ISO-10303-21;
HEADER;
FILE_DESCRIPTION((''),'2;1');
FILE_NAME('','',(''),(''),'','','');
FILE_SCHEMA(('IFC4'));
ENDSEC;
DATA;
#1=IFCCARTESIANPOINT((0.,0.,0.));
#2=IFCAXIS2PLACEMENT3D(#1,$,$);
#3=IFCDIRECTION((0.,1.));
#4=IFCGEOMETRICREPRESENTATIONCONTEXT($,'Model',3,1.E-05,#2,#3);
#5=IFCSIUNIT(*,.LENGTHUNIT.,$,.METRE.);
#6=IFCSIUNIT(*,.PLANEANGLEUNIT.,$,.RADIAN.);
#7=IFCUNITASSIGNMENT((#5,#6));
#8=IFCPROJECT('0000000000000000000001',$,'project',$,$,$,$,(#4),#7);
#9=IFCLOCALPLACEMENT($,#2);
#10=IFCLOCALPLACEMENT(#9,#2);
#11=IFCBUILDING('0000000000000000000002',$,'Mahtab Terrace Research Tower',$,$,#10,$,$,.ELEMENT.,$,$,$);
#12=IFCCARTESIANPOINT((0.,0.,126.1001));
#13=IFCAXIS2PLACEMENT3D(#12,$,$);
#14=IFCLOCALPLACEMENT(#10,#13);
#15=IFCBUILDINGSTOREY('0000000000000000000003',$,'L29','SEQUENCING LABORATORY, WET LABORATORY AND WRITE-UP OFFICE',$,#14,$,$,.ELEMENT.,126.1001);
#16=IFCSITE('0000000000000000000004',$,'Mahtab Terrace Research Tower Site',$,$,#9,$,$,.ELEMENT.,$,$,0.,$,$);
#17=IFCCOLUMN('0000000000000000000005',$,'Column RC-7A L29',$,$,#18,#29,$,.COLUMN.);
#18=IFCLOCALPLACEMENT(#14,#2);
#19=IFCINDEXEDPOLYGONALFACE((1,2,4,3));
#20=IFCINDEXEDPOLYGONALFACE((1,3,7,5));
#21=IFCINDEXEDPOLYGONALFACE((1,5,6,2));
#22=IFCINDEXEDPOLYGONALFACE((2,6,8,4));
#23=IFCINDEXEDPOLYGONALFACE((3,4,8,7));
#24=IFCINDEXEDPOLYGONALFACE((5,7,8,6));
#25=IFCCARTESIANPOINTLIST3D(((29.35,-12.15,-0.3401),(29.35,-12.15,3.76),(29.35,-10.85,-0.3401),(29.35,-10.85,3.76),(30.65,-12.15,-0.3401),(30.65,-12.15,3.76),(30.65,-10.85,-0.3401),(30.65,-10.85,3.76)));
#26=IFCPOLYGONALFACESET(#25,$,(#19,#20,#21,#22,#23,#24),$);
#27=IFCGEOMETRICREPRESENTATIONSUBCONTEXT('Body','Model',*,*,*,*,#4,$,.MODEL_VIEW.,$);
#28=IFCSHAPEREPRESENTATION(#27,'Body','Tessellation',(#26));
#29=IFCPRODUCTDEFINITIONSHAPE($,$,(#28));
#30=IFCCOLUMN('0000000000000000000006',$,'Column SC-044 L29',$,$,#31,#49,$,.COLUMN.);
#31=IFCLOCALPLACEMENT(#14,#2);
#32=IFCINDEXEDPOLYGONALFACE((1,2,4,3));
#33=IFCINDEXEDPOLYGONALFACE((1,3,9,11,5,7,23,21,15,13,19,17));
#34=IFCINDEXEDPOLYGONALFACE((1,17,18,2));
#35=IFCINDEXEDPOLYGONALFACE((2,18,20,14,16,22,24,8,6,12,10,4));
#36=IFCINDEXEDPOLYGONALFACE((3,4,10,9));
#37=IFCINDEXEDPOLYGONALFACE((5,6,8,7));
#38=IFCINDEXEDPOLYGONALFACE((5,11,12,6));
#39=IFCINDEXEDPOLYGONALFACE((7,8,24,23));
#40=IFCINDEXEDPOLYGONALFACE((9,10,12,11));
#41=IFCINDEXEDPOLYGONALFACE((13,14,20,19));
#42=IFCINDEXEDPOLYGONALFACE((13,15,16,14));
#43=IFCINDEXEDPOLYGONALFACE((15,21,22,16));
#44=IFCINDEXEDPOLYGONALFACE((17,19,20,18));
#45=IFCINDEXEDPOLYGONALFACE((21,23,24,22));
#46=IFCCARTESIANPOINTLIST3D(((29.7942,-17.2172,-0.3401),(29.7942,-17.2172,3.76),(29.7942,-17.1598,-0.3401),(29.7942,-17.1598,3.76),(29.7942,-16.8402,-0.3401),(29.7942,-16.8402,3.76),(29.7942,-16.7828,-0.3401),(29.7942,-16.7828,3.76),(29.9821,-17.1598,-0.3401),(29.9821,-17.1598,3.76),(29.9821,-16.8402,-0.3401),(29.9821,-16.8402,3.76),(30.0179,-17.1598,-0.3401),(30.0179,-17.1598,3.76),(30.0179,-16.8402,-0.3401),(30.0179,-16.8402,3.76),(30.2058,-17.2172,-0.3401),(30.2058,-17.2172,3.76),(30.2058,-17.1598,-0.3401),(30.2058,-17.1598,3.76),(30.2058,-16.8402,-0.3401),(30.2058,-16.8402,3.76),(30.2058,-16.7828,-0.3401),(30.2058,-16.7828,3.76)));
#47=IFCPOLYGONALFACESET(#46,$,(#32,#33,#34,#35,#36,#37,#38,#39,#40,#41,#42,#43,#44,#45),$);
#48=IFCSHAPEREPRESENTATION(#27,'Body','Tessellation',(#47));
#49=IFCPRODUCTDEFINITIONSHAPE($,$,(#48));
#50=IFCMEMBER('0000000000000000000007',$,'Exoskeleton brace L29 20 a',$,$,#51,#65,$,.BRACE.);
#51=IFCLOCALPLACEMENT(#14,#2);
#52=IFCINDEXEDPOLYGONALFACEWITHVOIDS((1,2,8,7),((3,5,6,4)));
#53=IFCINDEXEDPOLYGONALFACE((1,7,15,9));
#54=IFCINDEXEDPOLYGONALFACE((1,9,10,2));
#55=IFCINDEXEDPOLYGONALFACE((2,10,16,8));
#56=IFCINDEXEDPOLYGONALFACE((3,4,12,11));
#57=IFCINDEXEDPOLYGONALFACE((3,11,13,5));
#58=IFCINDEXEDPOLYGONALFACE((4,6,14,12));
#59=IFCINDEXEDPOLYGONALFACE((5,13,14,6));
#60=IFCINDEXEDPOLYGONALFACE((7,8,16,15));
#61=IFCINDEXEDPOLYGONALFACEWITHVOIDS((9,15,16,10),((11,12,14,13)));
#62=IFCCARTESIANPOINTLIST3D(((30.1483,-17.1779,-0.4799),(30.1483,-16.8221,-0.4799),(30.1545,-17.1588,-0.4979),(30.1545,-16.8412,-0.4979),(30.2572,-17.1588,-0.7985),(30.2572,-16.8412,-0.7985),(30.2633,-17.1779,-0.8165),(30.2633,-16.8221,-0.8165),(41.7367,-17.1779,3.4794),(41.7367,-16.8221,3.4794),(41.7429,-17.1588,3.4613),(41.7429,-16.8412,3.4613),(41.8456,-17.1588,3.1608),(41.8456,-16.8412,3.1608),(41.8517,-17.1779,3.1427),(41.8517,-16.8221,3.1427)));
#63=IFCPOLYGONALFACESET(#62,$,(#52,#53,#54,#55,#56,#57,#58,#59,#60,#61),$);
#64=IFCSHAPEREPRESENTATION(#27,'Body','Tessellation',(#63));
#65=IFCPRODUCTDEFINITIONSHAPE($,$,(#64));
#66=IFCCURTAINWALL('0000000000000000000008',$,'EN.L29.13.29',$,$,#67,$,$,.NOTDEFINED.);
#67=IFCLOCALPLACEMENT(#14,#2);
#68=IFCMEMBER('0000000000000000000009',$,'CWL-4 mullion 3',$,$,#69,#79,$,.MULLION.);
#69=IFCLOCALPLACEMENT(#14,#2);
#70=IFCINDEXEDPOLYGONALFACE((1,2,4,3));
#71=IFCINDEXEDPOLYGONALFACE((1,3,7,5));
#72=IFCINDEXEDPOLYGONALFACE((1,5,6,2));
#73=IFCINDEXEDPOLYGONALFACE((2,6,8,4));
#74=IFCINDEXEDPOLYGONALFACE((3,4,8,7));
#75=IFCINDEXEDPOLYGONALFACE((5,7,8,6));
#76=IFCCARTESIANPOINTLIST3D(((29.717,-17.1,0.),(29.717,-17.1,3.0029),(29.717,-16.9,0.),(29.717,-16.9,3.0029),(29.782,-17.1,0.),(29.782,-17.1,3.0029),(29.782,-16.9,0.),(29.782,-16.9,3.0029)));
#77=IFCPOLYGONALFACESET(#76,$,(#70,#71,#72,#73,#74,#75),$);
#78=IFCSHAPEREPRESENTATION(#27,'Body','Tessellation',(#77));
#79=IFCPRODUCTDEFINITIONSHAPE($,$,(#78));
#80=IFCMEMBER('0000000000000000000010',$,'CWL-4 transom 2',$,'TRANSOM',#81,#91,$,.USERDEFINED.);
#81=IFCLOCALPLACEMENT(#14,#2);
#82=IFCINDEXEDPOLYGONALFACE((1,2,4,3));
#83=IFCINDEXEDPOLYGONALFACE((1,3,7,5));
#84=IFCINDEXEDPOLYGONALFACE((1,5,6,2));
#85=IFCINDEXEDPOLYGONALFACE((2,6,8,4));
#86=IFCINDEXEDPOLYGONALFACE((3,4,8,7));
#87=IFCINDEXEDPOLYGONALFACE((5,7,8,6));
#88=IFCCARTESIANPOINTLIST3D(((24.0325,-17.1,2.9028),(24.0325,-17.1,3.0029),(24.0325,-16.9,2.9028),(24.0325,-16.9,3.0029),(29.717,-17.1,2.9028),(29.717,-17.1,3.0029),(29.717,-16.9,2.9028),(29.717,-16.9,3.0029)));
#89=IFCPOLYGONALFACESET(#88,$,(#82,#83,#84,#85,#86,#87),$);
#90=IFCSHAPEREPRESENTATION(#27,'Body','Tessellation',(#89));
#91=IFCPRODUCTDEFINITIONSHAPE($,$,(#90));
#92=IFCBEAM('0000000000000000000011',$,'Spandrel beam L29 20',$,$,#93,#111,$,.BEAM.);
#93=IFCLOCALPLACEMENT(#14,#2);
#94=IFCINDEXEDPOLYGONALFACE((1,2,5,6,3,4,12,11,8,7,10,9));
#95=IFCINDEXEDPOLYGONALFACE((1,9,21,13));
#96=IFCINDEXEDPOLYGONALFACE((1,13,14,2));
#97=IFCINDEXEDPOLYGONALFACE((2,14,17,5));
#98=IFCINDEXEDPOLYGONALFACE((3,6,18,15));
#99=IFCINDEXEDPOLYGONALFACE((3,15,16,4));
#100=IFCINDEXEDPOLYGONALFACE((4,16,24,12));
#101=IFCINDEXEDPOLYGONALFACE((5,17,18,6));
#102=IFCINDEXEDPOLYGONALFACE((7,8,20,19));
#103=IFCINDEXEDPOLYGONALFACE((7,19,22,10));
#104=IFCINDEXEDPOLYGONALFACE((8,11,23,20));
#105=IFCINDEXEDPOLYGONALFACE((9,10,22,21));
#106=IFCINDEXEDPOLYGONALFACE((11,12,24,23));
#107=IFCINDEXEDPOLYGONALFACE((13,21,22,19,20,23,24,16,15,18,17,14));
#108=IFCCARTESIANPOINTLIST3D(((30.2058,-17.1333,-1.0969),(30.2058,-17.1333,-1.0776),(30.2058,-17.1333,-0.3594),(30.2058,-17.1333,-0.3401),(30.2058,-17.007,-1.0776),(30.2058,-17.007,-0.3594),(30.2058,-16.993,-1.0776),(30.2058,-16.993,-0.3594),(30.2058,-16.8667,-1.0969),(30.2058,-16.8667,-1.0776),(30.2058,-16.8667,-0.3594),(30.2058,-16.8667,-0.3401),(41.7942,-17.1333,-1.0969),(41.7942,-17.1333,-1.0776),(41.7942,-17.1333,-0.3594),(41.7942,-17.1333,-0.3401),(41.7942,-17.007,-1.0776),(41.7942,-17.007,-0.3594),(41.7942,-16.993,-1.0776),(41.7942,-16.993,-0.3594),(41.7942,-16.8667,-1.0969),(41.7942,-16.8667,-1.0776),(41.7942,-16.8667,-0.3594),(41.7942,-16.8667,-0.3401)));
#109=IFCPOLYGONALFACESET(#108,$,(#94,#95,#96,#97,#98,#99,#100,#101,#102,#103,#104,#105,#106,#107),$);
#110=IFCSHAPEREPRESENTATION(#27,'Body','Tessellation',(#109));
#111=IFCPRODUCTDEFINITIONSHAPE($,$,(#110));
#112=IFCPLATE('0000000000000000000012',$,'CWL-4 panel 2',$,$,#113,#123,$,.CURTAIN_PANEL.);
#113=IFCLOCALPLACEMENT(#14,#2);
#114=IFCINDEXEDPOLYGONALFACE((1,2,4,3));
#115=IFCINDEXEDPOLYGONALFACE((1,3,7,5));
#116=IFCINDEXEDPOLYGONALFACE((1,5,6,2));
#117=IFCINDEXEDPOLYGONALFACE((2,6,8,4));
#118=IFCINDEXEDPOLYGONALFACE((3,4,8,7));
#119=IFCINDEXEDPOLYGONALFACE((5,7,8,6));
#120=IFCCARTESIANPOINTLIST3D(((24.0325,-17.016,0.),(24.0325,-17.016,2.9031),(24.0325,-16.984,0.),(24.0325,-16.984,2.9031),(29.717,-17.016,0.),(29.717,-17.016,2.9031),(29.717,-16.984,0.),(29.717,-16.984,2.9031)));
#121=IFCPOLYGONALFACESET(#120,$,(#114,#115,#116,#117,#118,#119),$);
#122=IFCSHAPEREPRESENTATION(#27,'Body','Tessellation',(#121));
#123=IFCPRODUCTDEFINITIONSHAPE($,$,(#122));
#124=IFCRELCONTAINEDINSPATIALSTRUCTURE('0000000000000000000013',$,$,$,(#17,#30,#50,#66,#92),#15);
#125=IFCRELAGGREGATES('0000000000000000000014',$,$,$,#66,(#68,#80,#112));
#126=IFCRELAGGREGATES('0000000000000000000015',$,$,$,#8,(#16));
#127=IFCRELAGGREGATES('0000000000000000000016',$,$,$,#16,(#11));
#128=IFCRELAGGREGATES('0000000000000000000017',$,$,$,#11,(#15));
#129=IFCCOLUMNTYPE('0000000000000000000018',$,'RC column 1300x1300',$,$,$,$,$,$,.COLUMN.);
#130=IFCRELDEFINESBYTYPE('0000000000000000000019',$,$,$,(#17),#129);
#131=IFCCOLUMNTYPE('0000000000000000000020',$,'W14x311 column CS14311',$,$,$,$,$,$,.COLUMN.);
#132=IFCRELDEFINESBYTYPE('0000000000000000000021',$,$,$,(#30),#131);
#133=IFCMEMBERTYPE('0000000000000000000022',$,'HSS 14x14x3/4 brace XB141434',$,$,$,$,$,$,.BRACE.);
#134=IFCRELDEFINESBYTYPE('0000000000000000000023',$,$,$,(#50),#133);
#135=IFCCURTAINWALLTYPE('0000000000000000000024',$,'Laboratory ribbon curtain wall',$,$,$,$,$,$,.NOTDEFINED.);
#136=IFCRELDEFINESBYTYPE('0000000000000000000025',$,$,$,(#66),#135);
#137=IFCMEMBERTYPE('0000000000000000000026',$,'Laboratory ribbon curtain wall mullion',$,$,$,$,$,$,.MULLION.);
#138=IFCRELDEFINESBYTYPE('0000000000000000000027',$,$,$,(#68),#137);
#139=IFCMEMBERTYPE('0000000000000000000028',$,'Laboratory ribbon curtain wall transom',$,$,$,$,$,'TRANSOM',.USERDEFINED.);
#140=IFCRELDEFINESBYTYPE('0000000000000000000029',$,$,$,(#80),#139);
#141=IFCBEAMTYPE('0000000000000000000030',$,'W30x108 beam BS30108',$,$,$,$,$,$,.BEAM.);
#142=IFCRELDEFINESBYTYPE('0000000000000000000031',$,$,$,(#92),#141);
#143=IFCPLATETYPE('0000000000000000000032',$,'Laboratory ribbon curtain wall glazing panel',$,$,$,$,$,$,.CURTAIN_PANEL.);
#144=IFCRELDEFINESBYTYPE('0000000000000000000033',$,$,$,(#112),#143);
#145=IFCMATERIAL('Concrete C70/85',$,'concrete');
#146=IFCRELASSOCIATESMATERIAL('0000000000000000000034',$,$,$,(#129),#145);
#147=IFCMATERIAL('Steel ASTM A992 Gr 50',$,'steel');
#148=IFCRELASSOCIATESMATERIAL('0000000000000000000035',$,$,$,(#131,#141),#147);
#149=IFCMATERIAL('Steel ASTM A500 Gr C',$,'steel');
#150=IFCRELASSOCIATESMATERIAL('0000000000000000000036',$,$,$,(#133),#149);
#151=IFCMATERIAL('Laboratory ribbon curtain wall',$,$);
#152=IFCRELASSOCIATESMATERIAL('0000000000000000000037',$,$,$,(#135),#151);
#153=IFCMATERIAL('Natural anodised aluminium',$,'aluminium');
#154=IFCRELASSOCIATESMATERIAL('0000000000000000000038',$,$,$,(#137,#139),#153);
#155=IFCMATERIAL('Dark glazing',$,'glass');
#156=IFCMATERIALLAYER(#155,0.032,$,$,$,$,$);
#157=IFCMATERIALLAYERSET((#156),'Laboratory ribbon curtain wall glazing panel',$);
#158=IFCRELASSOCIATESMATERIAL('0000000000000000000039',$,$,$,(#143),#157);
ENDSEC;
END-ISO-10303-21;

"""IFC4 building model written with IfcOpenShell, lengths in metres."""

from ifc_helpers import new_model, si_unit, direction, frame, origin, origin_2d, place, context, subcontext, project, spatial, rectangle, hollow_rectangle, i_section, extrude, material, layer, layer_set, material_profile, profile_set, type_object, element, aggregate, save


model = new_model("IFC4")

# Units and contexts
model_context = context("Model", 3, precision=1e-05, world=origin(), true_north=direction((0.0, 1.0)))
body_context = subcontext(model_context, "Body", "Model", "MODEL_VIEW")
ifc_project = project(units=[si_unit("LENGTHUNIT", "METRE"), si_unit("PLANEANGLEUNIT", "RADIAN")], contexts=[model_context])

# Site, building, storey
site_placement = place(None, origin())
site = spatial("IfcSite", under=ifc_project, at=site_placement, Name="Mahtab Terrace Research Tower Site", CompositionType="ELEMENT", RefElevation=0.0)
building_placement = place(site_placement, origin())
building = spatial("IfcBuilding", under=site, at=building_placement, Name="Mahtab Terrace Research Tower", CompositionType="ELEMENT")
storey_placement = place(building_placement, frame((0.0, 0.0, 126.1001)))
storey = spatial("IfcBuildingStorey", under=building, at=storey_placement, Name="L29", Description="SEQUENCING LABORATORY, WET LABORATORY AND WRITE-UP OFFICE", CompositionType="ELEMENT", Elevation=126.1001)

# Columns
ifc_material_1 = material(Name="Concrete C70/85", Category="concrete")
ifc_material_profile_1 = material_profile(ifc_material_1, rectangle(XDim=1.3, YDim=1.3, at=origin_2d()), Name="RC column 1300x1300")
ifc_profile_set_1 = profile_set([ifc_material_profile_1], Name="Concrete C70/85")
column_type_1 = type_object("IfcColumnType", Name="RC column 1300x1300", PredefinedType="COLUMN", material=ifc_profile_set_1)
column_1_placement = place(storey_placement, frame((30.0, -11.5, -0.3401), z_axis=(0.0, 0.0, 1.0), x_axis=(1.0, 0.0, 0.0)))
element("IfcColumn", 1, at=column_1_placement, inside=storey, type_object=column_type_1, Name="Column RC-7A L29", PredefinedType="COLUMN", context=body_context, shape_type="SweptSolid", body=[
    extrude(rectangle(XDim=1.3, YDim=1.3, at=origin_2d()), origin(), (0.0, 0.0, 1.0), 4.1001),
])
ifc_material_2 = material(Name="Steel ASTM A992 Gr 50", Category="steel")
ifc_material_profile_2 = material_profile(ifc_material_2, i_section(OverallWidth=0.4116, OverallDepth=0.4343, WebThickness=0.0359, FlangeThickness=0.0574, at=origin_2d()), Name="W14X311")
ifc_profile_set_2 = profile_set([ifc_material_profile_2], Name="Steel ASTM A992 Gr 50")
column_type_2 = type_object("IfcColumnType", Name="W14x311 column CS14311", PredefinedType="COLUMN", material=ifc_profile_set_2)
column_2_placement = place(storey_placement, frame((30.0, -17.0, -0.3401), z_axis=(0.0, 0.0, 1.0), x_axis=(1.0, 0.0, 0.0)))
element("IfcColumn", 2, at=column_2_placement, inside=storey, type_object=column_type_2, Name="Column SC-044 L29", PredefinedType="COLUMN", context=body_context, shape_type="SweptSolid", body=[
    extrude(i_section(OverallWidth=0.4116, OverallDepth=0.4343, WebThickness=0.0359, FlangeThickness=0.0574, at=origin_2d()), origin(), (0.0, 0.0, 1.0), 4.1001),
])

# Member
ifc_material_3 = material(Name="Steel ASTM A500 Gr C", Category="steel")
ifc_material_profile_3 = material_profile(ifc_material_3, hollow_rectangle(XDim=0.3557, YDim=0.3557, WallThickness=0.019, at=origin_2d()), Name="HSS14X14X3/4")
ifc_profile_set_3 = profile_set([ifc_material_profile_3], Name="Steel ASTM A500 Gr C")
member_type_1 = type_object("IfcMemberType", Name="HSS 14x14x3/4 brace XB141434", PredefinedType="BRACE", material=ifc_profile_set_3)
member_1_placement = place(storey_placement, frame((30.2058, -17.0, -0.6482), z_axis=(0.946294, 0.0, 0.323306), x_axis=(0.0, 1.0, 0.0)))
element("IfcMember", 3, at=member_1_placement, inside=storey, type_object=member_type_1, Name="Exoskeleton brace L29 20 a", PredefinedType="BRACE", context=body_context, shape_type="SweptSolid", body=[
    extrude(hollow_rectangle(XDim=0.3557, YDim=0.3557, WallThickness=0.019, at=origin_2d()), origin(), (0.0, 0.0, 1.0), 12.2461),
])

# Curtain wall, members
ifc_material_4 = material(Name="Laboratory ribbon curtain wall")
curtain_wall_type = type_object("IfcCurtainWallType", Name="Laboratory ribbon curtain wall", PredefinedType="NOTDEFINED", material=ifc_material_4)
curtain_wall_placement = place(storey_placement, origin())
curtain_wall = element("IfcCurtainWall", 4, at=curtain_wall_placement, inside=storey, type_object=curtain_wall_type, Name="EN.L29.13.29", PredefinedType="NOTDEFINED")
ifc_material_5 = material(Name="Natural anodised aluminium", Category="aluminium")
ifc_material_profile_4 = material_profile(ifc_material_5, rectangle(XDim=0.2, YDim=0.0649, at=origin_2d()), Name="MULLION 65x200")
ifc_profile_set_4 = profile_set([ifc_material_profile_4], Name="Natural anodised aluminium")
member_type_2 = type_object("IfcMemberType", Name="Laboratory ribbon curtain wall mullion", PredefinedType="MULLION", material=ifc_profile_set_4)
member_2_placement = place(storey_placement, frame((29.7495, -17.0, 0.0), z_axis=(0.0, 0.0, 1.0), x_axis=(0.0, 1.0, 0.0)))
member_2 = element("IfcMember", 5, at=member_2_placement, type_object=member_type_2, Name="CWL-4 mullion 3", PredefinedType="MULLION", context=body_context, shape_type="SweptSolid", body=[
    extrude(rectangle(XDim=0.2, YDim=0.0649, at=origin_2d()), origin(), (0.0, 0.0, 1.0), 3.0029),
])
ifc_material_profile_5 = material_profile(ifc_material_5, rectangle(XDim=0.2, YDim=0.1001, at=origin_2d()), Name="TRANSOM 100x200")
ifc_profile_set_5 = profile_set([ifc_material_profile_5], Name="Natural anodised aluminium")
member_type_3 = type_object("IfcMemberType", Name="Laboratory ribbon curtain wall transom", ElementType="TRANSOM", PredefinedType="USERDEFINED", material=ifc_profile_set_5)
member_3_placement = place(storey_placement, frame((24.0325, -17.0, 2.9529), z_axis=(1.0, 0.0, 0.0), x_axis=(0.0, 1.0, 0.0)))
member_3 = element("IfcMember", 6, at=member_3_placement, type_object=member_type_3, Name="CWL-4 transom 2", ObjectType="TRANSOM", PredefinedType="USERDEFINED", context=body_context, shape_type="SweptSolid", body=[
    extrude(rectangle(XDim=0.2, YDim=0.1001, at=origin_2d()), origin(), (0.0, 0.0, 1.0), 5.6846),
])

# Beam
ifc_material_profile_6 = material_profile(ifc_material_2, i_section(OverallWidth=0.2666, OverallDepth=0.7568, WebThickness=0.0139, FlangeThickness=0.0193, at=origin_2d()), Name="W30X108")
ifc_profile_set_6 = profile_set([ifc_material_profile_6], Name="Steel ASTM A992 Gr 50")
beam_type = type_object("IfcBeamType", Name="W30x108 beam BS30108", PredefinedType="BEAM", material=ifc_profile_set_6)
beam_placement = place(storey_placement, frame((30.2058, -17.0, -0.7185), z_axis=(1.0, 0.0, 0.0), x_axis=(0.0, 1.0, 0.0)))
element("IfcBeam", 7, at=beam_placement, inside=storey, type_object=beam_type, Name="Spandrel beam L29 20", PredefinedType="BEAM", context=body_context, shape_type="SweptSolid", body=[
    extrude(i_section(OverallWidth=0.2666, OverallDepth=0.7568, WebThickness=0.0139, FlangeThickness=0.0193, at=origin_2d()), origin(), (0.0, 0.0, 1.0), 11.5884),
])

# Plate
ifc_material_6 = material(Name="Dark glazing", Category="glass")
ifc_layer_1 = layer(ifc_material_6, 0.032)
ifc_layer_set_1 = layer_set([ifc_layer_1], Name="Laboratory ribbon curtain wall glazing panel")
plate_type = type_object("IfcPlateType", Name="Laboratory ribbon curtain wall glazing panel", PredefinedType="CURTAIN_PANEL", material=ifc_layer_set_1)
plate_placement = place(storey_placement, frame((26.8748, -17.0, 0.0), z_axis=(0.0, 0.0, 1.0), x_axis=(1.0, 0.0, 0.0)))
plate = element("IfcPlate", 8, at=plate_placement, type_object=plate_type, Name="CWL-4 panel 2", PredefinedType="CURTAIN_PANEL", context=body_context, shape_type="SweptSolid", body=[
    extrude(rectangle(XDim=5.6846, YDim=0.032, at=origin_2d()), origin(), (0.0, 0.0, 1.0), 2.9031),
])
aggregate(curtain_wall, [member_2, member_3, plate])

save(model, "model.ifc")
